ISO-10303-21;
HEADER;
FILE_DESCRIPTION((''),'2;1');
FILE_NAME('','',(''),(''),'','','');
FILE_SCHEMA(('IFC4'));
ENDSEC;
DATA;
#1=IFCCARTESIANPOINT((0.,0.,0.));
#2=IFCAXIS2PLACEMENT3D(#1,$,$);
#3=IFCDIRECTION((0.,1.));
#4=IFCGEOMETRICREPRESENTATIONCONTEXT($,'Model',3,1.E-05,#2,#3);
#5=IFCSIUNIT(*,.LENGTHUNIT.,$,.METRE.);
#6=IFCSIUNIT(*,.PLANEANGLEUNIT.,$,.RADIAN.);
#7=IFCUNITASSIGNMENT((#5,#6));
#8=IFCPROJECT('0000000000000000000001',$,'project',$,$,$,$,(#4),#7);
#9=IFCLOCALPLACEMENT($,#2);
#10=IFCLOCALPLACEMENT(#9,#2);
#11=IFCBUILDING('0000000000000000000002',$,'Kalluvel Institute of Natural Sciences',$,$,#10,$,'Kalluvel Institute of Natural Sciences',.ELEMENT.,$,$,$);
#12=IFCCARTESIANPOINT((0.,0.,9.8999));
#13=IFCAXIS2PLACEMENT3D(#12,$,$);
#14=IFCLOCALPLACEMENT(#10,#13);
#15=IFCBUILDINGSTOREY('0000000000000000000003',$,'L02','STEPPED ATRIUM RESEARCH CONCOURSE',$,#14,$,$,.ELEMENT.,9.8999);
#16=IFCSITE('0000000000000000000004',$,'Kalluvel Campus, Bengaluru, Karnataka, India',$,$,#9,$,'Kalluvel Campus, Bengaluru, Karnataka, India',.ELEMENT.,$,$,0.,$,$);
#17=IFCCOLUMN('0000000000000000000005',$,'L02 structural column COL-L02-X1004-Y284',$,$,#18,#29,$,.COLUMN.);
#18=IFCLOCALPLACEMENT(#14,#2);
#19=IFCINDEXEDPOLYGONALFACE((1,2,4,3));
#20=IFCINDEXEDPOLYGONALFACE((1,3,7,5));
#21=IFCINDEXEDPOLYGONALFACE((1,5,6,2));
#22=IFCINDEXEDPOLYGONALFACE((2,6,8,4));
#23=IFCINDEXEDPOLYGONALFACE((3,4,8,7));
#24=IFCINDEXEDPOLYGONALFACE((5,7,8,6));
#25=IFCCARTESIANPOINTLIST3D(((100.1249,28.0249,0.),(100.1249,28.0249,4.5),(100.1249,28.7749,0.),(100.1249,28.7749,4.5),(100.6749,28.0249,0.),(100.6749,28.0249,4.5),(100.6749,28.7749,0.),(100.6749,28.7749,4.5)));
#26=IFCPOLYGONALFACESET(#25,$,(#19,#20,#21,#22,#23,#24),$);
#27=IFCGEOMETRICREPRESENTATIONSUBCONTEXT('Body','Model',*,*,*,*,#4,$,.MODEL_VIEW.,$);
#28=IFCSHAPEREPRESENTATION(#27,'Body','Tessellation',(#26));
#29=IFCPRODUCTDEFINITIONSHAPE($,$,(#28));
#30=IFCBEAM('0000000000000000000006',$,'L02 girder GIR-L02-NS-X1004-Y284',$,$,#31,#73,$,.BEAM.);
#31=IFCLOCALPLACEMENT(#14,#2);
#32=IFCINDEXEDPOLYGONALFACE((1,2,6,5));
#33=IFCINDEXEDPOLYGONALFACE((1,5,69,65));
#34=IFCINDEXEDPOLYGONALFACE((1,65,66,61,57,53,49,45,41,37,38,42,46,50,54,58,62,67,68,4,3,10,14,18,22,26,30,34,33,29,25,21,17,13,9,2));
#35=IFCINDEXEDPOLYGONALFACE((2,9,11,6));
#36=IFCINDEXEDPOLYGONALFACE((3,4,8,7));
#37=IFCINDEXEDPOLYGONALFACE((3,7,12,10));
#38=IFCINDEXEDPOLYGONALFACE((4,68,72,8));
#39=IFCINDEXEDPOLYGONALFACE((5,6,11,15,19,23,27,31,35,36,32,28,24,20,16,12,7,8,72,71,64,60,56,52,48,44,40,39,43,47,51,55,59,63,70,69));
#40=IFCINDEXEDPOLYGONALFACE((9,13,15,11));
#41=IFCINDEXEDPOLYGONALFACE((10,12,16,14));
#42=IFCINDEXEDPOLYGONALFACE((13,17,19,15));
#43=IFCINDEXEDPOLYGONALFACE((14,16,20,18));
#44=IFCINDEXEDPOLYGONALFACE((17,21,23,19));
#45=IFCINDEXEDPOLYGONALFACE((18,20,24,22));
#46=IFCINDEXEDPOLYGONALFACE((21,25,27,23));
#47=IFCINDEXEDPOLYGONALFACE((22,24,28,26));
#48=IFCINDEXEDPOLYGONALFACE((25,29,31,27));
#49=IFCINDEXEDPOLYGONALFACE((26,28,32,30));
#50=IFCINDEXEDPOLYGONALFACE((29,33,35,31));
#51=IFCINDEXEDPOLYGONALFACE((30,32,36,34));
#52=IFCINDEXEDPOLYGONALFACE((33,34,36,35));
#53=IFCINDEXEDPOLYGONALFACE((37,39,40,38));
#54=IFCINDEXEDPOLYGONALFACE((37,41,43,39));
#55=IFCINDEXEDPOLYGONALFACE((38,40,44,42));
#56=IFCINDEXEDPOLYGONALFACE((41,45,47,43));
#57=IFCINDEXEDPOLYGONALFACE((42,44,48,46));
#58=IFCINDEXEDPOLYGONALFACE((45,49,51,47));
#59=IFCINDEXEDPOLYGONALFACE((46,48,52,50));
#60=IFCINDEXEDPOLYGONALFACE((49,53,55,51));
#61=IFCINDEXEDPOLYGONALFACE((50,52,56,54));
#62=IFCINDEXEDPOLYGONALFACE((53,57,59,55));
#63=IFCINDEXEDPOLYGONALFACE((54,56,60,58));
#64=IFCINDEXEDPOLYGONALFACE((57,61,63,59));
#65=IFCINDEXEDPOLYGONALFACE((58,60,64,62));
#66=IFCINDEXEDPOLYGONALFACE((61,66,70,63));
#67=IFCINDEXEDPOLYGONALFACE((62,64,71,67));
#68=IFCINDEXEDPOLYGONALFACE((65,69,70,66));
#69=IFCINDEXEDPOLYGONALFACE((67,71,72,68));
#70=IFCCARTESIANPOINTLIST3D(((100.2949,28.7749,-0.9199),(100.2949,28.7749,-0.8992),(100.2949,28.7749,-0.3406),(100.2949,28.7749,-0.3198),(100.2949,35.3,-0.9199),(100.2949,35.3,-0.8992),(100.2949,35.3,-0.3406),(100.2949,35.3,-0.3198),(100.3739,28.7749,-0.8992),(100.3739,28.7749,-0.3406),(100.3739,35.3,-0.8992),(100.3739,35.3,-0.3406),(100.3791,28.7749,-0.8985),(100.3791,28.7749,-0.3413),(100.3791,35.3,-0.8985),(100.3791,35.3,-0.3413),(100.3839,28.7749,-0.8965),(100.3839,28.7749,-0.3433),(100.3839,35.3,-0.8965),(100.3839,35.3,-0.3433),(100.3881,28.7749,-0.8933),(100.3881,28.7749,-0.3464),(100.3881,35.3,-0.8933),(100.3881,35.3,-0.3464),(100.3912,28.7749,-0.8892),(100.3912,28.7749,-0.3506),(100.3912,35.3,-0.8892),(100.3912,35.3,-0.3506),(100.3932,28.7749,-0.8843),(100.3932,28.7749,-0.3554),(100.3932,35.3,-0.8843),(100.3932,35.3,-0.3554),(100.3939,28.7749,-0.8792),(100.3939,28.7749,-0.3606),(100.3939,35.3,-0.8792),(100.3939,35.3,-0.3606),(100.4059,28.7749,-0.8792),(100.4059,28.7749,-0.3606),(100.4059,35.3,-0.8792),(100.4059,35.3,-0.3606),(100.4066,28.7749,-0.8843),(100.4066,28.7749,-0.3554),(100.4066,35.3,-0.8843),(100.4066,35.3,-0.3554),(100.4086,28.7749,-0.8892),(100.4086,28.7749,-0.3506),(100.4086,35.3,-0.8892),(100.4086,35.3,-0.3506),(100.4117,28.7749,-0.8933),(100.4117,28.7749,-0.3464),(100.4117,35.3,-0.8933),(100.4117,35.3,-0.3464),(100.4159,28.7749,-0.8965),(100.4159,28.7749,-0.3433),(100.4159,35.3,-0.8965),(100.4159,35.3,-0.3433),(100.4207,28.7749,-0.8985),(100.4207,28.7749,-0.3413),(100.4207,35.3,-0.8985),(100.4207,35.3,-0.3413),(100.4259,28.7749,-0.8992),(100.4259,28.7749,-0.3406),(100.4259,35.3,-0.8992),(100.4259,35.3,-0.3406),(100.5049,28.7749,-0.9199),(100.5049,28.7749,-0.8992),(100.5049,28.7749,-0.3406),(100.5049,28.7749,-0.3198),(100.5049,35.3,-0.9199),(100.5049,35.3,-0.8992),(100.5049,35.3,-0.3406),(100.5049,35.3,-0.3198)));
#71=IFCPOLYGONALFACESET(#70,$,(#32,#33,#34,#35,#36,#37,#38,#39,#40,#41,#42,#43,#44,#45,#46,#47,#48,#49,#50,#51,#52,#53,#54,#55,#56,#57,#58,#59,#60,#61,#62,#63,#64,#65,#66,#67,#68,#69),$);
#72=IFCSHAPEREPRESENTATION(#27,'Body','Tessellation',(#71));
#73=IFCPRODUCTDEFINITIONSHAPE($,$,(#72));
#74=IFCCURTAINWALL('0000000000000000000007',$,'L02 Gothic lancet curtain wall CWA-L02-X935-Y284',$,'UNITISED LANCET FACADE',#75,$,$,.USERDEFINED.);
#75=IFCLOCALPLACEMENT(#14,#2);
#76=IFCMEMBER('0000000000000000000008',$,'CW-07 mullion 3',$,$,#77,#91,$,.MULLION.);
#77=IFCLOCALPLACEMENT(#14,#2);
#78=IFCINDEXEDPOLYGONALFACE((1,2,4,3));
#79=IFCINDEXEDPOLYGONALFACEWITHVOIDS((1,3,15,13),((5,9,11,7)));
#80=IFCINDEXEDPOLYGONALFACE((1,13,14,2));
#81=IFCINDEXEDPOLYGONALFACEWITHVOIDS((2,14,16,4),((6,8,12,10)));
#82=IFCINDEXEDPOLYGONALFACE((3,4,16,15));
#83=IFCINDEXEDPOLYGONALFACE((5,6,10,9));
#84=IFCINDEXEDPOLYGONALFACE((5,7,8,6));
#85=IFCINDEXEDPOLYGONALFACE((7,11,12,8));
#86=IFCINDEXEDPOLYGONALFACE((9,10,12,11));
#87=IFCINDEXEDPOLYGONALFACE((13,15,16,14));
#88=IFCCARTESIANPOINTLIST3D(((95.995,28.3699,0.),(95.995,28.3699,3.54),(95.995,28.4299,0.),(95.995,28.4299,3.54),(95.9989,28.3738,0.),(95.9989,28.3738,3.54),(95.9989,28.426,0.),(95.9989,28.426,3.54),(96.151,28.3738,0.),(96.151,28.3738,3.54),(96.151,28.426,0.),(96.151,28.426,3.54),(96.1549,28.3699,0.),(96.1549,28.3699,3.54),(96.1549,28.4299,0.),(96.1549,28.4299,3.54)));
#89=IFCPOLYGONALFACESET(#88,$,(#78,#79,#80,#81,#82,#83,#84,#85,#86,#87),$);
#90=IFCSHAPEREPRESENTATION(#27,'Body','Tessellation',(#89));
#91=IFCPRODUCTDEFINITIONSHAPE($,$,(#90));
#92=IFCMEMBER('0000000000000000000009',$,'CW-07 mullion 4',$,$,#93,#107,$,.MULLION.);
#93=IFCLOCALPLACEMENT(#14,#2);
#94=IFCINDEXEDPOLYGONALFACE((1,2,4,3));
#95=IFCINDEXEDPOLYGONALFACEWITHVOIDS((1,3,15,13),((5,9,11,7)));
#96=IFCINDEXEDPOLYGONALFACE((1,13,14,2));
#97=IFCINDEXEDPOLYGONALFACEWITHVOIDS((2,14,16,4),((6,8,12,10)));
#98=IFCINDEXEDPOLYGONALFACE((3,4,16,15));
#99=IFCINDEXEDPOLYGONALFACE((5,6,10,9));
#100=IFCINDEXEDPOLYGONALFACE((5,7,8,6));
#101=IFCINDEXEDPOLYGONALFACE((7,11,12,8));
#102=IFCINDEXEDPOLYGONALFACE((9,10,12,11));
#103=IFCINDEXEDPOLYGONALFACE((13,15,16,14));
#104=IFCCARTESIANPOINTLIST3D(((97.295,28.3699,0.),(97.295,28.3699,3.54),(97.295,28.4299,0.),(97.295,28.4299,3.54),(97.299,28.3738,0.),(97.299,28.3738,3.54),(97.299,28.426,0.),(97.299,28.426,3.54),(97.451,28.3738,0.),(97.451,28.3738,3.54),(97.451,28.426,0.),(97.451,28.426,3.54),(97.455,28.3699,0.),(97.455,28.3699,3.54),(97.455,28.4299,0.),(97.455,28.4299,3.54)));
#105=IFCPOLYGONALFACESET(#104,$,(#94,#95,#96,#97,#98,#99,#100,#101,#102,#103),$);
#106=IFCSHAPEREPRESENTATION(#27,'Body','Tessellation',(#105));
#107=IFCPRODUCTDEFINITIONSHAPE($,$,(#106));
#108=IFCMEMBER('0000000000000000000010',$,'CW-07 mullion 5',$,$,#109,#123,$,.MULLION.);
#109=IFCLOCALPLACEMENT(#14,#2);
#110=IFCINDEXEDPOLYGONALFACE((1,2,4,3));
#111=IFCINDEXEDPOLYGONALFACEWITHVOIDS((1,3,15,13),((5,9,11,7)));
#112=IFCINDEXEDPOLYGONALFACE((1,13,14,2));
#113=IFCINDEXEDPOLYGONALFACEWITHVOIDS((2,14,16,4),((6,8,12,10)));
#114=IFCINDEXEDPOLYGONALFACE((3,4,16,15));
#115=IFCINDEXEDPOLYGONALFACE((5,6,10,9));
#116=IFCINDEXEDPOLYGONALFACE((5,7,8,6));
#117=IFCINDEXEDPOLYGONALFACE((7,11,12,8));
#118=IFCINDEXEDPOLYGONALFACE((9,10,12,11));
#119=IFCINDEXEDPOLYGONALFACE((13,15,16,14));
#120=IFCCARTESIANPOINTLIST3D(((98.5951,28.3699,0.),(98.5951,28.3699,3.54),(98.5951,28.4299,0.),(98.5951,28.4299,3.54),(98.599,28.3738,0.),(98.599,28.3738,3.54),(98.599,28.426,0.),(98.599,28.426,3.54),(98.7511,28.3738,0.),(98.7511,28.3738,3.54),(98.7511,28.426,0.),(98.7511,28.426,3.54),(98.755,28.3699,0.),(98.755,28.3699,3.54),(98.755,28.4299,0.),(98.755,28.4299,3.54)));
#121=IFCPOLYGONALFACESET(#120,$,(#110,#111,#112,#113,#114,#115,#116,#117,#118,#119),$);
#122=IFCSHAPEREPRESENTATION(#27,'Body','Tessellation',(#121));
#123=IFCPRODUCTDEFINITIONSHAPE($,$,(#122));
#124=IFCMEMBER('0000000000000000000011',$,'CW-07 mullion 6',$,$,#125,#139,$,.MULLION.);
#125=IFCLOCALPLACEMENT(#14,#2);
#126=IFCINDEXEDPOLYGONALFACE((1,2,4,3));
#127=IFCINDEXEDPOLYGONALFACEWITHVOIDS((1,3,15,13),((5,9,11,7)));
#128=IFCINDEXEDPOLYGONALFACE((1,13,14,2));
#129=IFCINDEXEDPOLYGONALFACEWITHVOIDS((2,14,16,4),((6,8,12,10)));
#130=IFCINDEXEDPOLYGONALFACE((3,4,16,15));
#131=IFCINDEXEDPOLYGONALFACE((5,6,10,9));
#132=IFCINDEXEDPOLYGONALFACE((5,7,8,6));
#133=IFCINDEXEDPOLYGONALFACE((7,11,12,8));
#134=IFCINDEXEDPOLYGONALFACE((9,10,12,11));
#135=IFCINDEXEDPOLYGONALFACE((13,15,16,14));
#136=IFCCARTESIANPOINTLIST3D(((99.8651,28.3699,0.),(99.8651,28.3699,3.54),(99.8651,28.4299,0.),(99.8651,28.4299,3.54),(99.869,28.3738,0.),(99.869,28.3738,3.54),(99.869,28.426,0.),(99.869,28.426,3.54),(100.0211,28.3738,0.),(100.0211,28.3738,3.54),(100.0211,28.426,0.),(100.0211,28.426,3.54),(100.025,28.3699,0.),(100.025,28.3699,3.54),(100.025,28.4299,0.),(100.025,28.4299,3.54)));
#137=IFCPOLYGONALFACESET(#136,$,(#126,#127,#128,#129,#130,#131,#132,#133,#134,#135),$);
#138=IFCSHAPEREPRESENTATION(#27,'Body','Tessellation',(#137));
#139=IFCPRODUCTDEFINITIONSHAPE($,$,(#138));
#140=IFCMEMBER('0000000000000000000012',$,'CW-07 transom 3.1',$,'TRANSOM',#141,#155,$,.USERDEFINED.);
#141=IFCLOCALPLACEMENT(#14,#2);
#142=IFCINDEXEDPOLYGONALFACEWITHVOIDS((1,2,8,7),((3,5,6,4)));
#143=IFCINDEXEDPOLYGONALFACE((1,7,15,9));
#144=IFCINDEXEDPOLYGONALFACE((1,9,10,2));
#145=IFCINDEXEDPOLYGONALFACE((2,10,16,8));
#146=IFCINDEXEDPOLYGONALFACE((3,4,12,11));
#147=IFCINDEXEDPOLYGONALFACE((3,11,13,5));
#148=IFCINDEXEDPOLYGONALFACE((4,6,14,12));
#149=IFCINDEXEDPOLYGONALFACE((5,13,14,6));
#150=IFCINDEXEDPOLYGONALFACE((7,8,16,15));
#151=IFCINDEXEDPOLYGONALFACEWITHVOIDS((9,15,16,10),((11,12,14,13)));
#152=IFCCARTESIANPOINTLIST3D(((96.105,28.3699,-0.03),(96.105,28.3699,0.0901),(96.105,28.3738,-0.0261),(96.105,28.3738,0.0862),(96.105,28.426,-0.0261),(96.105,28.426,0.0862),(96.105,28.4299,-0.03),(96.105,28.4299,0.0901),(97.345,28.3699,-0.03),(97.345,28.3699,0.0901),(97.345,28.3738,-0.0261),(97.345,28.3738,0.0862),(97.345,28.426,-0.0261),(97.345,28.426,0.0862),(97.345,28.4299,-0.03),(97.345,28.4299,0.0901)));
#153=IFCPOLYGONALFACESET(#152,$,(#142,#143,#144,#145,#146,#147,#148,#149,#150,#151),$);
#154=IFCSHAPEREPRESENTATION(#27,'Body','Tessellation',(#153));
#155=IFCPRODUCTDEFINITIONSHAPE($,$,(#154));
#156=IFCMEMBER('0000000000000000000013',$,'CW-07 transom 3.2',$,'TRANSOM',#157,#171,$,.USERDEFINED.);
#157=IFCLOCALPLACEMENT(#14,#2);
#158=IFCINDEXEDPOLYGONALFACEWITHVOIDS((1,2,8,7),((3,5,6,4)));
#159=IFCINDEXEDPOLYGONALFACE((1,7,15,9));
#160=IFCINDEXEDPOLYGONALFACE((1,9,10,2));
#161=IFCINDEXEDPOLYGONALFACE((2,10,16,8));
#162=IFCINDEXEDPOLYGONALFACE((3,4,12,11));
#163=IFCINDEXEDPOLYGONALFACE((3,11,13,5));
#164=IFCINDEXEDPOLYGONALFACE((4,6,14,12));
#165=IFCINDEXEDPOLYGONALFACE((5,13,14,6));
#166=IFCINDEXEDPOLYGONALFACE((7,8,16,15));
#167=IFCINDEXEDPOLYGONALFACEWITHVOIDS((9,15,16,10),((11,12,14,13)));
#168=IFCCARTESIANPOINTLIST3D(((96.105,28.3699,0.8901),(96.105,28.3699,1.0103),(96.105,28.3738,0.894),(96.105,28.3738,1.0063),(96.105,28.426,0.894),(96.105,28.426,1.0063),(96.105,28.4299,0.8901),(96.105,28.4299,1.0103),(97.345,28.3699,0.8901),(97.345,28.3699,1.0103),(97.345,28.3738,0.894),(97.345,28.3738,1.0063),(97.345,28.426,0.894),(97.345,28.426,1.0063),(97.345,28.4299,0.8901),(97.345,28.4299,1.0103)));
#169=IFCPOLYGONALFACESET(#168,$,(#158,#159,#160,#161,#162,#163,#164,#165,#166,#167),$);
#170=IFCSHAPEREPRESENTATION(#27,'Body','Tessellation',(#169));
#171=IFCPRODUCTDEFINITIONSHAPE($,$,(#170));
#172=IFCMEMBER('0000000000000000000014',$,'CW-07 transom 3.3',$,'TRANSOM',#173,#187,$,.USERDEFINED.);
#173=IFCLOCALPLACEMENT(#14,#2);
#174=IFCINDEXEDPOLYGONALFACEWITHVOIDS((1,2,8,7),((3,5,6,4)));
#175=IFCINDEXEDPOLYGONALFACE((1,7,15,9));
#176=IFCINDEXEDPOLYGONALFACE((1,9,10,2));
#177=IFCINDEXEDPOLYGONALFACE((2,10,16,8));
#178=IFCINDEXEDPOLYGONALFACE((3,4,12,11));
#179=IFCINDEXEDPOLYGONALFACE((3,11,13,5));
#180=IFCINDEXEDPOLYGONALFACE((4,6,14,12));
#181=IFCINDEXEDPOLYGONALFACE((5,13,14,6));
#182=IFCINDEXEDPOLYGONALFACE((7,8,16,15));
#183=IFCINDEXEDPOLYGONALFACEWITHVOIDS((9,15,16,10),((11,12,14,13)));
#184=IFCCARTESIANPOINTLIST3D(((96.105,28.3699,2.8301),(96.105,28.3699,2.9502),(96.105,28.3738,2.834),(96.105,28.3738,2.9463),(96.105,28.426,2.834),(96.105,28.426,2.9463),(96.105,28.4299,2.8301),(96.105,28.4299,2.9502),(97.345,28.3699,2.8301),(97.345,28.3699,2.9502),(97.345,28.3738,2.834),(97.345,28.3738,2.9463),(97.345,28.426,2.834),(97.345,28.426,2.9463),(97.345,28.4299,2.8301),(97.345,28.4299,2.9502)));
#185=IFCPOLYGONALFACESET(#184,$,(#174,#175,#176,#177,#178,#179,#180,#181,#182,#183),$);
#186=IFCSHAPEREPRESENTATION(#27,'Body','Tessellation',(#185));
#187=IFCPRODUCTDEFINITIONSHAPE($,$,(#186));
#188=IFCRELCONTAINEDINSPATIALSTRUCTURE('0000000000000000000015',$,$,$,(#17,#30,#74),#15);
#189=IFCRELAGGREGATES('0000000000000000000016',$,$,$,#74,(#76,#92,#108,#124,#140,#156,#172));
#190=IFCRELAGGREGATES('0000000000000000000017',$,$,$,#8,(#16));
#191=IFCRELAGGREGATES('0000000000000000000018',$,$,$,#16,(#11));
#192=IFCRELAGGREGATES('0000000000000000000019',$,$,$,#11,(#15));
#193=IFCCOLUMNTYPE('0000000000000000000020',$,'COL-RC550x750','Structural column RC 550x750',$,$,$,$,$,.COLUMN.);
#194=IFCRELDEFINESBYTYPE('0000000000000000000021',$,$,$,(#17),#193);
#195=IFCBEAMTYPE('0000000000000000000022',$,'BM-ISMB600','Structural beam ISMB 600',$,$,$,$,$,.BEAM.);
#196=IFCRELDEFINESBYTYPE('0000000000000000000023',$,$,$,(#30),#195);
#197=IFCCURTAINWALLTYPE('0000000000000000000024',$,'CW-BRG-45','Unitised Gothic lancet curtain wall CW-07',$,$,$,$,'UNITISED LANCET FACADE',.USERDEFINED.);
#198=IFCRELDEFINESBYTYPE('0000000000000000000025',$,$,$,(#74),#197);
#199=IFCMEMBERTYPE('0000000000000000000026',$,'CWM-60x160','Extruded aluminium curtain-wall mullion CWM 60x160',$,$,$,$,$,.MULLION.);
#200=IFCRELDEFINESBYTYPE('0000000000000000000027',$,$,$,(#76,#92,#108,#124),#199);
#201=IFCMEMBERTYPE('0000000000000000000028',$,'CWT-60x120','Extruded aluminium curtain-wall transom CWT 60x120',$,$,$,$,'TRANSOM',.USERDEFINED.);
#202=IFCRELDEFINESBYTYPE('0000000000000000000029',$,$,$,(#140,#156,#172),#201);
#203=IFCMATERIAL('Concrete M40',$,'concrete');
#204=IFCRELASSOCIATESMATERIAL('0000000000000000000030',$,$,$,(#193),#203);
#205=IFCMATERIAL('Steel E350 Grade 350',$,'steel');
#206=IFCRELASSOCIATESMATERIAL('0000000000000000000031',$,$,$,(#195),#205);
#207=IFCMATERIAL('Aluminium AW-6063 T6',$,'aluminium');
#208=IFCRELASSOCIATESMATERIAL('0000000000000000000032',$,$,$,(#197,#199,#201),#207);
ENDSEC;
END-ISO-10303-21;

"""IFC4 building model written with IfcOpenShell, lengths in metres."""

from ifc_helpers import new_model, si_unit, direction, frame, origin, origin_2d, place, context, subcontext, project, spatial, rectangle, hollow_rectangle, i_section, extrude, material, material_profile, profile_set, type_object, element, aggregate, save


model = new_model("IFC4")

# Units and contexts
model_context = context("Model", 3, precision=1e-05, world=origin(), true_north=direction((0.0, 1.0)))
body_context = subcontext(model_context, "Body", "Model", "MODEL_VIEW")
ifc_project = project(units=[si_unit("LENGTHUNIT", "METRE"), si_unit("PLANEANGLEUNIT", "RADIAN")], contexts=[model_context])

# Site, building, storey
site_placement = place(None, origin())
site = spatial("IfcSite", under=ifc_project, at=site_placement, Name="Kalluvel Campus, Bengaluru, Karnataka, India", LongName="Kalluvel Campus, Bengaluru, Karnataka, India", CompositionType="ELEMENT", RefElevation=0.0)
building_placement = place(site_placement, origin())
building = spatial("IfcBuilding", under=site, at=building_placement, Name="Kalluvel Institute of Natural Sciences", LongName="Kalluvel Institute of Natural Sciences", CompositionType="ELEMENT")
storey_placement = place(building_placement, frame((0.0, 0.0, 9.8999)))
storey = spatial("IfcBuildingStorey", under=building, at=storey_placement, Name="L02", Description="STEPPED ATRIUM RESEARCH CONCOURSE", CompositionType="ELEMENT", Elevation=9.8999)

# Column
ifc_material_1 = material(Name="Concrete M40", Category="concrete")
ifc_material_profile_1 = material_profile(ifc_material_1, rectangle(XDim=0.55, YDim=0.75, at=origin_2d()), Name="RC 550x750")
ifc_profile_set_1 = profile_set([ifc_material_profile_1], Name="Concrete M40")
column_type = type_object("IfcColumnType", Name="COL-RC550x750", Description="Structural column RC 550x750", PredefinedType="COLUMN", material=ifc_profile_set_1)
column_placement = place(storey_placement, frame((100.3999, 28.3999, 0.0), z_axis=(0.0, 0.0, 1.0), x_axis=(1.0, 0.0, 0.0)))
element("IfcColumn", 1, at=column_placement, inside=storey, type_object=column_type, Name="L02 structural column COL-L02-X1004-Y284", PredefinedType="COLUMN", context=body_context, shape_type="SweptSolid", body=[
    extrude(rectangle(XDim=0.55, YDim=0.75, at=origin_2d()), origin(), (0.0, 0.0, 1.0), 4.5),
])

# Beam
ifc_material_2 = material(Name="Steel E350 Grade 350", Category="steel")
ifc_material_profile_2 = material_profile(ifc_material_2, i_section(OverallWidth=0.21, OverallDepth=0.6001, WebThickness=0.012, FlangeThickness=0.0208, FilletRadius=0.02, at=origin_2d()), Name="ISMB 600")
ifc_profile_set_2 = profile_set([ifc_material_profile_2], Name="Steel E350 Grade 350")
beam_type = type_object("IfcBeamType", Name="BM-ISMB600", Description="Structural beam ISMB 600", PredefinedType="BEAM", material=ifc_profile_set_2)
beam_placement = place(storey_placement, frame((100.3999, 28.7749, -0.6199), z_axis=(0.0, 1.0, 0.0), x_axis=(-1.0, 0.0, 0.0)))
element("IfcBeam", 2, at=beam_placement, inside=storey, type_object=beam_type, Name="L02 girder GIR-L02-NS-X1004-Y284", PredefinedType="BEAM", context=body_context, shape_type="SweptSolid", body=[
    extrude(i_section(OverallWidth=0.21, OverallDepth=0.6001, WebThickness=0.012, FlangeThickness=0.0208, FilletRadius=0.02, at=origin_2d()), origin(), (0.0, 0.0, 1.0), 6.5251),
])

# Curtain wall, members
ifc_material_3 = material(Name="Aluminium AW-6063 T6", Category="aluminium")
curtain_wall_type = type_object("IfcCurtainWallType", Name="CW-BRG-45", Description="Unitised Gothic lancet curtain wall CW-07", ElementType="UNITISED LANCET FACADE", PredefinedType="USERDEFINED", material=ifc_material_3)
curtain_wall_placement = place(storey_placement, origin())
curtain_wall = element("IfcCurtainWall", 3, at=curtain_wall_placement, inside=storey, type_object=curtain_wall_type, Name="L02 Gothic lancet curtain wall CWA-L02-X935-Y284", ObjectType="UNITISED LANCET FACADE", PredefinedType="USERDEFINED")
ifc_material_profile_3 = material_profile(ifc_material_3, hollow_rectangle(XDim=0.0601, YDim=0.1599, WallThickness=0.0039, at=origin_2d()), Name="CWM 60x160")
ifc_profile_set_3 = profile_set([ifc_material_profile_3], Name="Aluminium AW-6063 T6")
member_type_1 = type_object("IfcMemberType", Name="CWM-60x160", Description="Extruded aluminium curtain-wall mullion CWM 60x160", PredefinedType="MULLION", material=ifc_profile_set_3)
member_1_placement = place(storey_placement, frame((96.075, 28.3999, 0.0), z_axis=(0.0, 0.0, 1.0), x_axis=(0.0, 1.0, 0.0)))
member_1 = element("IfcMember", 4, at=member_1_placement, type_object=member_type_1, Name="CW-07 mullion 3", PredefinedType="MULLION", context=body_context, shape_type="SweptSolid", body=[
    extrude(hollow_rectangle(XDim=0.0601, YDim=0.1599, WallThickness=0.0039, at=origin_2d()), origin(), (0.0, 0.0, 1.0), 3.54),
])
member_2_placement = place(storey_placement, frame((97.375, 28.3999, 0.0), z_axis=(0.0, 0.0, 1.0), x_axis=(0.0, 1.0, 0.0)))
member_2 = element("IfcMember", 5, at=member_2_placement, type_object=member_type_1, Name="CW-07 mullion 4", PredefinedType="MULLION", context=body_context, shape_type="SweptSolid", body=[
    extrude(hollow_rectangle(XDim=0.0601, YDim=0.1599, WallThickness=0.0039, at=origin_2d()), origin(), (0.0, 0.0, 1.0), 3.54),
])
member_3_placement = place(storey_placement, frame((98.675, 28.3999, 0.0), z_axis=(0.0, 0.0, 1.0), x_axis=(0.0, 1.0, 0.0)))
member_3 = element("IfcMember", 6, at=member_3_placement, type_object=member_type_1, Name="CW-07 mullion 5", PredefinedType="MULLION", context=body_context, shape_type="SweptSolid", body=[
    extrude(hollow_rectangle(XDim=0.0601, YDim=0.1599, WallThickness=0.0039, at=origin_2d()), origin(), (0.0, 0.0, 1.0), 3.54),
])
member_4_placement = place(storey_placement, frame((99.9451, 28.3999, 0.0), z_axis=(0.0, 0.0, 1.0), x_axis=(0.0, 1.0, 0.0)))
member_4 = element("IfcMember", 7, at=member_4_placement, type_object=member_type_1, Name="CW-07 mullion 6", PredefinedType="MULLION", context=body_context, shape_type="SweptSolid", body=[
    extrude(hollow_rectangle(XDim=0.0601, YDim=0.1599, WallThickness=0.0039, at=origin_2d()), origin(), (0.0, 0.0, 1.0), 3.54),
])
ifc_material_profile_4 = material_profile(ifc_material_3, hollow_rectangle(XDim=0.0601, YDim=0.1201, WallThickness=0.0039, at=origin_2d()), Name="CWT 60x120")
ifc_profile_set_4 = profile_set([ifc_material_profile_4], Name="Aluminium AW-6063 T6")
member_type_2 = type_object("IfcMemberType", Name="CWT-60x120", Description="Extruded aluminium curtain-wall transom CWT 60x120", ElementType="TRANSOM", PredefinedType="USERDEFINED", material=ifc_profile_set_4)
member_5_placement = place(storey_placement, frame((96.105, 28.3999, 0.03), z_axis=(1.0, 0.0, 0.0), x_axis=(0.0, 1.0, 0.0)))
member_5 = element("IfcMember", 8, at=member_5_placement, type_object=member_type_2, Name="CW-07 transom 3.1", ObjectType="TRANSOM", PredefinedType="USERDEFINED", context=body_context, shape_type="SweptSolid", body=[
    extrude(hollow_rectangle(XDim=0.0601, YDim=0.1201, WallThickness=0.0039, at=origin_2d()), origin(), (0.0, 0.0, 1.0), 1.24),
])
member_6_placement = place(storey_placement, frame((96.105, 28.3999, 0.9502), z_axis=(1.0, 0.0, 0.0), x_axis=(0.0, 1.0, 0.0)))
member_6 = element("IfcMember", 9, at=member_6_placement, type_object=member_type_2, Name="CW-07 transom 3.2", ObjectType="TRANSOM", PredefinedType="USERDEFINED", context=body_context, shape_type="SweptSolid", body=[
    extrude(hollow_rectangle(XDim=0.0601, YDim=0.1201, WallThickness=0.0039, at=origin_2d()), origin(), (0.0, 0.0, 1.0), 1.24),
])
member_7_placement = place(storey_placement, frame((96.105, 28.3999, 2.8901), z_axis=(1.0, 0.0, 0.0), x_axis=(0.0, 1.0, 0.0)))
member_7 = element("IfcMember", 10, at=member_7_placement, type_object=member_type_2, Name="CW-07 transom 3.3", ObjectType="TRANSOM", PredefinedType="USERDEFINED", context=body_context, shape_type="SweptSolid", body=[
    extrude(hollow_rectangle(XDim=0.0601, YDim=0.1201, WallThickness=0.0039, at=origin_2d()), origin(), (0.0, 0.0, 1.0), 1.24),
])
aggregate(curtain_wall, [member_1, member_2, member_3, member_4, member_5, member_6, member_7])

save(model, "model.ifc")
